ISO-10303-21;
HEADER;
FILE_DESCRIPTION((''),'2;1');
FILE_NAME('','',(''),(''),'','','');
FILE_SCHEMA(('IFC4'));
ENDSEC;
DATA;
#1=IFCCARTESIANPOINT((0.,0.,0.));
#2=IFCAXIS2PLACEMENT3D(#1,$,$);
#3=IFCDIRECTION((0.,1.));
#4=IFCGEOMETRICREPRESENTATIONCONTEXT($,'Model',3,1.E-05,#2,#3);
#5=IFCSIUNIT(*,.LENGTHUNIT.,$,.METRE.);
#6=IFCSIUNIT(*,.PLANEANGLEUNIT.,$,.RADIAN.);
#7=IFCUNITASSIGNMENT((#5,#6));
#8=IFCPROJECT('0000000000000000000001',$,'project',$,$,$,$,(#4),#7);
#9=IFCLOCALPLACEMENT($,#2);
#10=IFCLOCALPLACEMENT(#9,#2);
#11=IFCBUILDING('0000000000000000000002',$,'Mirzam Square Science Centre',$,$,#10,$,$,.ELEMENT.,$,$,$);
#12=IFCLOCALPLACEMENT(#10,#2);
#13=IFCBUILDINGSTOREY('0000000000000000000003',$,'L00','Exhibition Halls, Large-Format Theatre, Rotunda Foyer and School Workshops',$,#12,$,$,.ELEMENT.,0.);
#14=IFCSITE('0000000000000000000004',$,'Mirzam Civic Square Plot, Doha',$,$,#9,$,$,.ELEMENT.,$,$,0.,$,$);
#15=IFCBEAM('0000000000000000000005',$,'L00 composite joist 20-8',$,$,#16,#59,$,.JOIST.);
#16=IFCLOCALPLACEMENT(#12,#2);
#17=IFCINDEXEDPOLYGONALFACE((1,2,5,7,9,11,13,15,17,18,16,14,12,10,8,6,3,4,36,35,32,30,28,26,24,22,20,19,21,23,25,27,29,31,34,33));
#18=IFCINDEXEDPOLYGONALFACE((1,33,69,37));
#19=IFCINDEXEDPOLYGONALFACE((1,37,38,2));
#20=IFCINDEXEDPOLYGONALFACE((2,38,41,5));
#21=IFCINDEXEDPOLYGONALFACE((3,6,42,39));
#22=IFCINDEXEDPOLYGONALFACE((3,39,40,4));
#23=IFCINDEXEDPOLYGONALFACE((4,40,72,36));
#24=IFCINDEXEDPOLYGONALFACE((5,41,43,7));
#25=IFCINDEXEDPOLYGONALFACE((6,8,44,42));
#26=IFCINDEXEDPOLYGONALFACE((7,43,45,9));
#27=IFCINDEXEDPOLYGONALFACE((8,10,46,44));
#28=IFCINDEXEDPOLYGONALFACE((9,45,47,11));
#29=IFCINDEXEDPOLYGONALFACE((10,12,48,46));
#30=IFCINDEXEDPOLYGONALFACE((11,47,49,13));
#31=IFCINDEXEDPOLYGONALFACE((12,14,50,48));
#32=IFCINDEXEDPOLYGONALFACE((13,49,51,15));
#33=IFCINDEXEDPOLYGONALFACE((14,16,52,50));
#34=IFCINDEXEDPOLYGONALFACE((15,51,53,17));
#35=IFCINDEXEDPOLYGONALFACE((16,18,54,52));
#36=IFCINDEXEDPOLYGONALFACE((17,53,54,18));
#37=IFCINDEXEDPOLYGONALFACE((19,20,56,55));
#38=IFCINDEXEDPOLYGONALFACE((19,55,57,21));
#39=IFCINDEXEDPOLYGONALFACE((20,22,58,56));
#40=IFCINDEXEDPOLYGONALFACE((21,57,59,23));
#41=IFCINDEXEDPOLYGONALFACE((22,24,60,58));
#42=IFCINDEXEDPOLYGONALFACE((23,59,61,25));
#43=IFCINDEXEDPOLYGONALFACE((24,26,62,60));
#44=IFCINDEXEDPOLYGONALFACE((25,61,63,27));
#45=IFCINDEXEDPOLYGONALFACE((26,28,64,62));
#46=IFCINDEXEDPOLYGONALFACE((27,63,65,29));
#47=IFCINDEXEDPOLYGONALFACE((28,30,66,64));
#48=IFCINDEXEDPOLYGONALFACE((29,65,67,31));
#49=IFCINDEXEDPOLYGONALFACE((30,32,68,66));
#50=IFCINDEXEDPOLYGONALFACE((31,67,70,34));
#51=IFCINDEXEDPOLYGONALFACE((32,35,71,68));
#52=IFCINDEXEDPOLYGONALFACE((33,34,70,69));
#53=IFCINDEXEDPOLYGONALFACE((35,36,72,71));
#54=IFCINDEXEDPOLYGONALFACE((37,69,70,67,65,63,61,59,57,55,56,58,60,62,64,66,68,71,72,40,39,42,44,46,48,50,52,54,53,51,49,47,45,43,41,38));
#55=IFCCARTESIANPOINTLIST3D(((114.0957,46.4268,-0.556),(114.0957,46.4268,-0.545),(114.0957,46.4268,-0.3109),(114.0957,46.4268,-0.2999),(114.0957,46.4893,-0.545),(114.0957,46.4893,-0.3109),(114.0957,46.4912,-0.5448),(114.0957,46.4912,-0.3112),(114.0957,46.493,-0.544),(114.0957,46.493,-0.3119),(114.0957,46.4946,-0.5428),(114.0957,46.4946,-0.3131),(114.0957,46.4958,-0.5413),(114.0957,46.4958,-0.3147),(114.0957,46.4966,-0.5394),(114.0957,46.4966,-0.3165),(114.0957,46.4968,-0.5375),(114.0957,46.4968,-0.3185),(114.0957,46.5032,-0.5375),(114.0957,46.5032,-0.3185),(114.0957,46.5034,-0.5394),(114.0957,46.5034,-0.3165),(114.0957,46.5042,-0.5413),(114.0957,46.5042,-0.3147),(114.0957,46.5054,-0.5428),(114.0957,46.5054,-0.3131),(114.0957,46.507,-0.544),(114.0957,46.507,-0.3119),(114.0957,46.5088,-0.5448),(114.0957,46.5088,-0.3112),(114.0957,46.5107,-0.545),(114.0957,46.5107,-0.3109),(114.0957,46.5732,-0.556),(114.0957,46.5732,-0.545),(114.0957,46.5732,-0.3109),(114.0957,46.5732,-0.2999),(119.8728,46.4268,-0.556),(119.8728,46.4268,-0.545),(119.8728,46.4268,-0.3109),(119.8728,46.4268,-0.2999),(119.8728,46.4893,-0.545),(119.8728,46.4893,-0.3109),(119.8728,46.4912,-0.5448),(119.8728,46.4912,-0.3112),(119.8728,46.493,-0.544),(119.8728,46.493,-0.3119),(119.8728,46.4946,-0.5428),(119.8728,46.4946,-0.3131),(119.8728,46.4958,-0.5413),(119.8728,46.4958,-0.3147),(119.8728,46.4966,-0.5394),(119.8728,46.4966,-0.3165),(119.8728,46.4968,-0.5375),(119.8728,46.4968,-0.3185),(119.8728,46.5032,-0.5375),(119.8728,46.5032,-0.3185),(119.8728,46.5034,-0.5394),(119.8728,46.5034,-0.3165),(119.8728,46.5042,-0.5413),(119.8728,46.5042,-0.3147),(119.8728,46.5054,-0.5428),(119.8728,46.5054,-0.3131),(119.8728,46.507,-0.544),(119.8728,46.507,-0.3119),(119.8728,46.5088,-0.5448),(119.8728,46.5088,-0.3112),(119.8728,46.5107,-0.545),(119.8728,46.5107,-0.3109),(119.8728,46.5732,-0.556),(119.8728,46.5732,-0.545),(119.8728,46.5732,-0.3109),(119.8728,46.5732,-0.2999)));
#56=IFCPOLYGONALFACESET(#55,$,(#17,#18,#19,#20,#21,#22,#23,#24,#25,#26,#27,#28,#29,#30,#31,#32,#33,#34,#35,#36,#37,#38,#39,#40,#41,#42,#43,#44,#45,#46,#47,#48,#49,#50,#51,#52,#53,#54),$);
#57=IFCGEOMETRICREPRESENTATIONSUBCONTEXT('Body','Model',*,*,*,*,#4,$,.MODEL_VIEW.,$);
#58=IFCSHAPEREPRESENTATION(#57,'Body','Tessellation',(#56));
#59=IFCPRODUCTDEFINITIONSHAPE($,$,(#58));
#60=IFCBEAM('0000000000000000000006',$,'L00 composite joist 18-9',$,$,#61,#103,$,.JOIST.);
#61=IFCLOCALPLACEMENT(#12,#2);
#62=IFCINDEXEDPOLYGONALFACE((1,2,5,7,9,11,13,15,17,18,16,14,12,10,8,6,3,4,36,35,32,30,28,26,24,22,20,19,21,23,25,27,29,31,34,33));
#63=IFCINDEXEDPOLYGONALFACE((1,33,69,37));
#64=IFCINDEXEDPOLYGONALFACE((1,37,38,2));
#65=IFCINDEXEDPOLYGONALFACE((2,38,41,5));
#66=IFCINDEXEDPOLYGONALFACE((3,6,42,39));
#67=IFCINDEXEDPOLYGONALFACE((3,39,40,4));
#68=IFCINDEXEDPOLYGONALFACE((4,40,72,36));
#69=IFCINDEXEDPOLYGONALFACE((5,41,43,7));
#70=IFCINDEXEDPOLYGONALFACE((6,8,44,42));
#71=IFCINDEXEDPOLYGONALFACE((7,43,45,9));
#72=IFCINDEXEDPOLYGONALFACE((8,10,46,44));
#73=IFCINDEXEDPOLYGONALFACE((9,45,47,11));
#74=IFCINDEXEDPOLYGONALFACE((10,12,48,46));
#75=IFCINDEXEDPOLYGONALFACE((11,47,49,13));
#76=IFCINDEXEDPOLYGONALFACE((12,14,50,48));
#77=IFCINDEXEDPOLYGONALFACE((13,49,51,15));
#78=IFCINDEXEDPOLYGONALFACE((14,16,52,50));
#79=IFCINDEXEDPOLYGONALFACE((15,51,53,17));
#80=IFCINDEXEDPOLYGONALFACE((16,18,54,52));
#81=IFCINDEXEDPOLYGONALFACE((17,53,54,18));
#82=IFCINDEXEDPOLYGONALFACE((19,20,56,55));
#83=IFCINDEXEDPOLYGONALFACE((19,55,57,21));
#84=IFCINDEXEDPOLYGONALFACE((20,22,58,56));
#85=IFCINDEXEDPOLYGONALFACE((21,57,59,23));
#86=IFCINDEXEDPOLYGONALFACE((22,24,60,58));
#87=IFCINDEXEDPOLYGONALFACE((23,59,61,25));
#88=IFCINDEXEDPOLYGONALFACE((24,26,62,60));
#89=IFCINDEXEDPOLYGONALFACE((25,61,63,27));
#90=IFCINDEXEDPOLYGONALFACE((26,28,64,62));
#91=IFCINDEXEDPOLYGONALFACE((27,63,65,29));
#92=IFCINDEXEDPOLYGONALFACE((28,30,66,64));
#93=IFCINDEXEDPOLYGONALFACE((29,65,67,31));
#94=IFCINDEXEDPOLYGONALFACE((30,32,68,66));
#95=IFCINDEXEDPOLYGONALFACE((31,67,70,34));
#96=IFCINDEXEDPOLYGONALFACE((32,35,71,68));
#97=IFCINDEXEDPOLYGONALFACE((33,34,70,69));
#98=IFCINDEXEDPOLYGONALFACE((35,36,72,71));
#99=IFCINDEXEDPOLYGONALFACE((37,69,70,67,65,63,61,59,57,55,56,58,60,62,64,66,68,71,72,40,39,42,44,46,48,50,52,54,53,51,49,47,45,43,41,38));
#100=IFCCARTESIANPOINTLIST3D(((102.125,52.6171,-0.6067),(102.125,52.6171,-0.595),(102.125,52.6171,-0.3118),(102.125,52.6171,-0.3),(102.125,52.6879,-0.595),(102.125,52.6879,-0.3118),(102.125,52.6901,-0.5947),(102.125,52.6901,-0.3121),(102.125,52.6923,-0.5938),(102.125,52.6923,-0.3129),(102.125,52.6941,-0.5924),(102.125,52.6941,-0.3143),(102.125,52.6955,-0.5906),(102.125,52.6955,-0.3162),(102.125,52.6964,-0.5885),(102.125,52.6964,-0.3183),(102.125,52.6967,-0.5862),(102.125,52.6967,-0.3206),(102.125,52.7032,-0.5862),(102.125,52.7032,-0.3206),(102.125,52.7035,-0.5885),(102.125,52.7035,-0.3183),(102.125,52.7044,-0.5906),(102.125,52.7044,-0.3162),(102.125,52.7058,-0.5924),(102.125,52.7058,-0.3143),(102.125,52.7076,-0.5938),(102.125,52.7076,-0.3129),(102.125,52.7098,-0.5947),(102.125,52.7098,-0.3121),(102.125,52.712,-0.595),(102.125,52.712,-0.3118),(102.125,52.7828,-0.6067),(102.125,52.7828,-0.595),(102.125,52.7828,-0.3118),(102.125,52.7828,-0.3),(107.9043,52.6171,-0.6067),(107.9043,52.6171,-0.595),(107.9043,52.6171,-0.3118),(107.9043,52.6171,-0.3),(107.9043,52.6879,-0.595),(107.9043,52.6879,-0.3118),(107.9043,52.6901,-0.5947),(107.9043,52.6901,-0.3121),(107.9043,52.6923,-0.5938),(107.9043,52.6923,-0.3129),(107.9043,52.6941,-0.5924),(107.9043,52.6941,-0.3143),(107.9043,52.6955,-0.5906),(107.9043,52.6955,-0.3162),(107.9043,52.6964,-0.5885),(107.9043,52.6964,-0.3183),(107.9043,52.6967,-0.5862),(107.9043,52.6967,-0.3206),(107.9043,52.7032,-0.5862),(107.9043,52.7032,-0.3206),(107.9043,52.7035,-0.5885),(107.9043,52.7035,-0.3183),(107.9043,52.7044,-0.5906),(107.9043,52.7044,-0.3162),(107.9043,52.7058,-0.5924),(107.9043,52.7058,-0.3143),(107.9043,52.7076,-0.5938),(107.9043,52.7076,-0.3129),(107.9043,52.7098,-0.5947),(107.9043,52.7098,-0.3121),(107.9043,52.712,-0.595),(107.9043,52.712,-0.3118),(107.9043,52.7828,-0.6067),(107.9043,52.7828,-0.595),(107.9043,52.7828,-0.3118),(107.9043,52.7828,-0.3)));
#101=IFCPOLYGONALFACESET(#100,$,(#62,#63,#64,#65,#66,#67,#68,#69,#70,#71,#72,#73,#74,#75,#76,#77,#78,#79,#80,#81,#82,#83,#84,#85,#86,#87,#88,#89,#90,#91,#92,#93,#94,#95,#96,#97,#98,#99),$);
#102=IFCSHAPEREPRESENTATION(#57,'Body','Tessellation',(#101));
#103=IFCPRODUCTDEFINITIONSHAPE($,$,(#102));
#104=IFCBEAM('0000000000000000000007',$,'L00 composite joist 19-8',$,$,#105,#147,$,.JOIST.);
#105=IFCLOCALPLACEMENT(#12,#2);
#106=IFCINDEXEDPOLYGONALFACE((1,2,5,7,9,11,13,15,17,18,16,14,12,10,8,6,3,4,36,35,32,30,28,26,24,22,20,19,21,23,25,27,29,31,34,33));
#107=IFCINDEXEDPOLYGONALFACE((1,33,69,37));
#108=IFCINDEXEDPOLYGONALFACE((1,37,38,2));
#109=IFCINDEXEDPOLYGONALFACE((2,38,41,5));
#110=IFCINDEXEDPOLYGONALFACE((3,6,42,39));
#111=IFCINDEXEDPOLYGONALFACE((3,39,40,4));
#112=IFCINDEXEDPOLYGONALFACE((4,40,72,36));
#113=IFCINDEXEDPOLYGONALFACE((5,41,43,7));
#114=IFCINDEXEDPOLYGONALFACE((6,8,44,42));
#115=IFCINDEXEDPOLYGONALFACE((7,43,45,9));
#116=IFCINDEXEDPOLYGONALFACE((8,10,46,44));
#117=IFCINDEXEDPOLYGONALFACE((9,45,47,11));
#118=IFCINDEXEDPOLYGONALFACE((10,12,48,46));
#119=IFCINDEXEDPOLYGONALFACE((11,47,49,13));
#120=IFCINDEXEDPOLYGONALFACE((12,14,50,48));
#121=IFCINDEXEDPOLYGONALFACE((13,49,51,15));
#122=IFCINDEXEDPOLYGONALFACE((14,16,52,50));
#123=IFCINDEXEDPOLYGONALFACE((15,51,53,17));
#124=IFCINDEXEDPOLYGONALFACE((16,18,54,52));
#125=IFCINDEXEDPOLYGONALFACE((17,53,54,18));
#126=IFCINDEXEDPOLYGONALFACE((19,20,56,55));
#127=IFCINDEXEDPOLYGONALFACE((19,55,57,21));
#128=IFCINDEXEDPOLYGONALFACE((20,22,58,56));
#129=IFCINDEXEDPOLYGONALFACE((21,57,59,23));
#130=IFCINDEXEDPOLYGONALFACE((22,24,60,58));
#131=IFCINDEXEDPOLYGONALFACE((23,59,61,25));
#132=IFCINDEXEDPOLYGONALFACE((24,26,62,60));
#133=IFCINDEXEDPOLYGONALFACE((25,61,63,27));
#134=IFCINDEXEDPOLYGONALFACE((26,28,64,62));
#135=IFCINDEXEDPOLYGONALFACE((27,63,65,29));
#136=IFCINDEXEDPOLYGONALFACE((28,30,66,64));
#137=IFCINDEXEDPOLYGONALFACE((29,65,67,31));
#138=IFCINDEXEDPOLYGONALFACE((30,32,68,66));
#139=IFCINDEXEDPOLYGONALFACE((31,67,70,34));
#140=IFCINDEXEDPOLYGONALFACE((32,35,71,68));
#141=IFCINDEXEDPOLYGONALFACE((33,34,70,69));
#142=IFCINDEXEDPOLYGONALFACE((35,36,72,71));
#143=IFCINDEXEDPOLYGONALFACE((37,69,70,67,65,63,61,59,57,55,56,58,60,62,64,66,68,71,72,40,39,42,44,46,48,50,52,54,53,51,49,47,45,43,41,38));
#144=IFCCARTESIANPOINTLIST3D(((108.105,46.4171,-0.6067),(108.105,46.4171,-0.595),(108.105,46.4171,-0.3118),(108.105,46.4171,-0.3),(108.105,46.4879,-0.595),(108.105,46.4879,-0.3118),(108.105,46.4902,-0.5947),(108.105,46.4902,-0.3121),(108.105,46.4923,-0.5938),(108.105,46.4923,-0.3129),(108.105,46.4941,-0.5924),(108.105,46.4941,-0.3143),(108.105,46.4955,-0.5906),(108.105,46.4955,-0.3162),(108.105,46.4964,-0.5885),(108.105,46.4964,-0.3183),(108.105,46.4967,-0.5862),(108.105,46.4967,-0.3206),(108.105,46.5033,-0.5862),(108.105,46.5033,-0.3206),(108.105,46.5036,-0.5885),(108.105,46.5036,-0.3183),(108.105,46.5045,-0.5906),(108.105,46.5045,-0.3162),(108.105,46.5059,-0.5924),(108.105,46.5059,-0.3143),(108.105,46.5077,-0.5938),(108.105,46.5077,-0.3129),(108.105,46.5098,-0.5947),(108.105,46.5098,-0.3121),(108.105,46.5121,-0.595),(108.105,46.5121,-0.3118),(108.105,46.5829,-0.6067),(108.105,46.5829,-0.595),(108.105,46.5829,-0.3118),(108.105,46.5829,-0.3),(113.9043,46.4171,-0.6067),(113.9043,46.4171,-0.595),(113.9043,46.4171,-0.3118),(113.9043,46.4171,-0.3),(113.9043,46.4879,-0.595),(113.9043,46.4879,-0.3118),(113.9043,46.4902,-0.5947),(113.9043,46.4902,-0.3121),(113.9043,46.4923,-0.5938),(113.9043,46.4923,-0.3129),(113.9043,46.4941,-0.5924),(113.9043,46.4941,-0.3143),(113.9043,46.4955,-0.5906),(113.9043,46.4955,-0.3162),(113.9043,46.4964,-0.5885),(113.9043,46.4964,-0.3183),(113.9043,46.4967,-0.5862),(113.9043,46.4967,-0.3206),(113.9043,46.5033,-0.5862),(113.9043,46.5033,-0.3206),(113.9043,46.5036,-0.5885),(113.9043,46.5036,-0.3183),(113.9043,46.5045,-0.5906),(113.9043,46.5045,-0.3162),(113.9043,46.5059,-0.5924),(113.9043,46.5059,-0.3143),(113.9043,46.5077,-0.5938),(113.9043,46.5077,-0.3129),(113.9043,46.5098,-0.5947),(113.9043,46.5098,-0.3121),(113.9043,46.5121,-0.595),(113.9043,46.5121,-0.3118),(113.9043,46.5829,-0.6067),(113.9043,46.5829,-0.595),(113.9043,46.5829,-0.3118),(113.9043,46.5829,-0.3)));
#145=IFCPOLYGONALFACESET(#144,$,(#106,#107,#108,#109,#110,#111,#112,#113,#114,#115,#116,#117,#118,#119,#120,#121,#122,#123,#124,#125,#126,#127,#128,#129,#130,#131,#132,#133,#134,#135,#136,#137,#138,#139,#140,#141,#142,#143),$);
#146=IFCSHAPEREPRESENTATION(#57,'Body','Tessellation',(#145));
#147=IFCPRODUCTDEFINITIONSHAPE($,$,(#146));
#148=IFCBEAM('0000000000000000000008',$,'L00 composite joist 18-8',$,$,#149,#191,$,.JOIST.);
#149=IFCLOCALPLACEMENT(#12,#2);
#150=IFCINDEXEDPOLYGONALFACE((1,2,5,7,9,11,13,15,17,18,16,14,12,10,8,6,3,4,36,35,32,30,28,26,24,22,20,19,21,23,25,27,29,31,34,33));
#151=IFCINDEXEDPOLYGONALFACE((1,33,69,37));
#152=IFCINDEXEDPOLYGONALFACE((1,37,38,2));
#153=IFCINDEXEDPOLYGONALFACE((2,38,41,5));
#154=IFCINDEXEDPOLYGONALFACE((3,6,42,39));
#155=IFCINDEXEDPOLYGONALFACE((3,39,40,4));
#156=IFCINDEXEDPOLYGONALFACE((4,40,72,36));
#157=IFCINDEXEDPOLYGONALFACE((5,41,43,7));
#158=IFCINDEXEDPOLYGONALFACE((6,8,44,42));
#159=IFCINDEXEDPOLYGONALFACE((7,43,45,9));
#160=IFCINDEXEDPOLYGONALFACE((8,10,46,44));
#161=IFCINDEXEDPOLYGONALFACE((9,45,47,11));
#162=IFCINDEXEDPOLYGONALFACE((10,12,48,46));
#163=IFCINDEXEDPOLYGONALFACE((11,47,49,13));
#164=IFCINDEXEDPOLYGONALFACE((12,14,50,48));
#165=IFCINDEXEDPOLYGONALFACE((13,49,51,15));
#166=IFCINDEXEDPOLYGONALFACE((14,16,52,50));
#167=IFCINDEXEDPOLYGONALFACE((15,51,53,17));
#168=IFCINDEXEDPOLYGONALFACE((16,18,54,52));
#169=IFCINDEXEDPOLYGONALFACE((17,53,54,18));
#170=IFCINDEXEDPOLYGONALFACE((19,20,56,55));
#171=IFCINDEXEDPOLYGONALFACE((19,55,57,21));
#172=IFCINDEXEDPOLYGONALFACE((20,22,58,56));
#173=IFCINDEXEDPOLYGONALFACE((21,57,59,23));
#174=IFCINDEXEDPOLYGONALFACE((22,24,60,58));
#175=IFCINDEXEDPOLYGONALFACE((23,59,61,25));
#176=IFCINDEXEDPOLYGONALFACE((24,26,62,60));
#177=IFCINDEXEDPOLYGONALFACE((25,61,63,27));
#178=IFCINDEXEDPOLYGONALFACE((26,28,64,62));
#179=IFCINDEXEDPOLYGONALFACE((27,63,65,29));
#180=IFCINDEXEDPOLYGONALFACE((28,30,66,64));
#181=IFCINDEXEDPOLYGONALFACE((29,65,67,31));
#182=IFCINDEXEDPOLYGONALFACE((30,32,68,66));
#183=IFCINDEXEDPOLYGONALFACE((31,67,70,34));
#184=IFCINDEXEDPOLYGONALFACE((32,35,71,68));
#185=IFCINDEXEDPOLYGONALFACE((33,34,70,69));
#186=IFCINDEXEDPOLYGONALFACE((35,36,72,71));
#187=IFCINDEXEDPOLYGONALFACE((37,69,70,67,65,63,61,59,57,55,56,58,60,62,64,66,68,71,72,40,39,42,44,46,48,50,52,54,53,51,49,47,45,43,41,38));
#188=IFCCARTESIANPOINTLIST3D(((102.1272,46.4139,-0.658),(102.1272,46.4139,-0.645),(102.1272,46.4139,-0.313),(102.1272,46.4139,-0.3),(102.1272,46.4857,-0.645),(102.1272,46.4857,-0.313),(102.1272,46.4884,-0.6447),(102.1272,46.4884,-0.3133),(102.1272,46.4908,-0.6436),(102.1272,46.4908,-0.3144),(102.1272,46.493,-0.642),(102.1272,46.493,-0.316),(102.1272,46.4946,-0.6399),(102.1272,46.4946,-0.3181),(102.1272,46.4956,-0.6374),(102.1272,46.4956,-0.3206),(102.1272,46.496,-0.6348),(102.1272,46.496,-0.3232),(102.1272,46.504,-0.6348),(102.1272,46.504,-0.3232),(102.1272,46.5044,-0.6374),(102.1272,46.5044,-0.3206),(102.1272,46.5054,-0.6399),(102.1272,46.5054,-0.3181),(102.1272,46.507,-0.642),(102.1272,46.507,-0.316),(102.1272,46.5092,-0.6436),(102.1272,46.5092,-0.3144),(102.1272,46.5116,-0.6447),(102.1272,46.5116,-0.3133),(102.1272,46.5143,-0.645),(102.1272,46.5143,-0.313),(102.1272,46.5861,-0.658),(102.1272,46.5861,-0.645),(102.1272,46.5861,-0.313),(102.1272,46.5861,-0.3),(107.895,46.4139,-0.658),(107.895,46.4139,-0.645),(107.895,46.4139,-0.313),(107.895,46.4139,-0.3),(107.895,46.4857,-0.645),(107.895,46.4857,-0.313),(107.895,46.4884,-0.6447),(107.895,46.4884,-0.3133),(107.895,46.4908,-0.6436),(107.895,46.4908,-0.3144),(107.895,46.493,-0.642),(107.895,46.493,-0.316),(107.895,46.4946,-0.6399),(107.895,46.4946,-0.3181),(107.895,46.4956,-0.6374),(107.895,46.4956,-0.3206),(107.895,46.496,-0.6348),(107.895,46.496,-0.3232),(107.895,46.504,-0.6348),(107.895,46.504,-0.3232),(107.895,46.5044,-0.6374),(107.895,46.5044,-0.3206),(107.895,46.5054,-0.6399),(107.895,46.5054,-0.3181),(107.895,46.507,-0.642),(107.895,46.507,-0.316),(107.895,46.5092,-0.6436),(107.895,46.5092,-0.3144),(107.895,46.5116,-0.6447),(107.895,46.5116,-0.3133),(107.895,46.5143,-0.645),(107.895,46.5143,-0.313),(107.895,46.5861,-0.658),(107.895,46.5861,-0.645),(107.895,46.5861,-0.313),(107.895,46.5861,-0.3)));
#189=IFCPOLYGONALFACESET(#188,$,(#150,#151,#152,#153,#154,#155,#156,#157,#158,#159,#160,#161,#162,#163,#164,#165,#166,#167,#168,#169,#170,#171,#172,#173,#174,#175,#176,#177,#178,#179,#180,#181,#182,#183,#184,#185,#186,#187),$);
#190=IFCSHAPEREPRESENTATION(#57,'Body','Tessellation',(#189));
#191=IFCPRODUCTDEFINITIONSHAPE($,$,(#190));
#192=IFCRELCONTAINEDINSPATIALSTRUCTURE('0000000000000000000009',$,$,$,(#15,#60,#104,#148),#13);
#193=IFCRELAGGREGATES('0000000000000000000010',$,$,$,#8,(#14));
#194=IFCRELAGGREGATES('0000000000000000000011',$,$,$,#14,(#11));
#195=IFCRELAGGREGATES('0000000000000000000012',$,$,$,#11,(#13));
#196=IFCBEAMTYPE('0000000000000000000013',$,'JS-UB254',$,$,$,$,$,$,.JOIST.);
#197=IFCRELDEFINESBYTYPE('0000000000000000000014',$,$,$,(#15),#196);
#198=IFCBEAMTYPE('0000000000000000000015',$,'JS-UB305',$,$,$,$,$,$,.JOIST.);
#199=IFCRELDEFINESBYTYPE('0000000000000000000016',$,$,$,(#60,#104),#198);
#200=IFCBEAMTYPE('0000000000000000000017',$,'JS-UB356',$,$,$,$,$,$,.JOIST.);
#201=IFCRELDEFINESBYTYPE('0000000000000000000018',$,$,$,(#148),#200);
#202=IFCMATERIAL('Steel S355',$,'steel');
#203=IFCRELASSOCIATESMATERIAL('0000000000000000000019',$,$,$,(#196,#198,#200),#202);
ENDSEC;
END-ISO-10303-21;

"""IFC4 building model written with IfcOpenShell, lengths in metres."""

from ifc_helpers import new_model, si_unit, direction, frame, origin, origin_2d, place, context, subcontext, project, spatial, i_section, extrude, material, material_profile, profile_set, type_object, element, save


model = new_model("IFC4")

# Units and contexts
model_context = context("Model", 3, precision=1e-05, world=origin(), true_north=direction((0.0, 1.0)))
body_context = subcontext(model_context, "Body", "Model", "MODEL_VIEW")
ifc_project = project(units=[si_unit("LENGTHUNIT", "METRE"), si_unit("PLANEANGLEUNIT", "RADIAN")], contexts=[model_context])

# Site, building, storey
site_placement = place(None, origin())
site = spatial("IfcSite", under=ifc_project, at=site_placement, Name="Mirzam Civic Square Plot, Doha", CompositionType="ELEMENT", RefElevation=0.0)
building_placement = place(site_placement, origin())
building = spatial("IfcBuilding", under=site, at=building_placement, Name="Mirzam Square Science Centre", CompositionType="ELEMENT")
storey_placement = place(building_placement, origin())
storey = spatial("IfcBuildingStorey", under=building, at=storey_placement, Name="L00", Description="Exhibition Halls, Large-Format Theatre, Rotunda Foyer and School Workshops", CompositionType="ELEMENT", Elevation=0.0)

# Shared definitions
ifc_material_1 = material(Name="Steel S355", Category="steel")

# Beams
ifc_material_profile_1 = material_profile(ifc_material_1, i_section(OverallWidth=0.1465, OverallDepth=0.2561, WebThickness=0.0063, FlangeThickness=0.011, FilletRadius=0.0076, at=origin_2d()), Name="254x146x37UB")
ifc_profile_set_1 = profile_set([ifc_material_profile_1], Name="Steel S355")
beam_type_1 = type_object("IfcBeamType", Name="JS-UB254", PredefinedType="JOIST", material=ifc_profile_set_1)
beam_1_placement = place(storey_placement, frame((114.0957, 46.5, -0.428), z_axis=(1.0, 0.0, 0.0), x_axis=(0.0, 1.0, 0.0)))
element("IfcBeam", 1, at=beam_1_placement, inside=storey, type_object=beam_type_1, Name="L00 composite joist 20-8", PredefinedType="JOIST", context=body_context, shape_type="SweptSolid", body=[
    extrude(i_section(OverallWidth=0.1465, OverallDepth=0.2561, WebThickness=0.0063, FlangeThickness=0.011, FilletRadius=0.0076, at=origin_2d()), origin(), (0.0, 0.0, 1.0), 5.7771),
])
ifc_material_profile_2 = material_profile(ifc_material_1, i_section(OverallWidth=0.1658, OverallDepth=0.3066, WebThickness=0.0066, FlangeThickness=0.0117, FilletRadius=0.0088, at=origin_2d()), Name="305x165x46UB")
ifc_profile_set_2 = profile_set([ifc_material_profile_2], Name="Steel S355")
beam_type_2 = type_object("IfcBeamType", Name="JS-UB305", PredefinedType="JOIST", material=ifc_profile_set_2)
beam_2_placement = place(storey_placement, frame((102.125, 52.7, -0.4534), z_axis=(1.0, 0.0, 0.0), x_axis=(0.0, 1.0, 0.0)))
element("IfcBeam", 2, at=beam_2_placement, inside=storey, type_object=beam_type_2, Name="L00 composite joist 18-9", PredefinedType="JOIST", context=body_context, shape_type="SweptSolid", body=[
    extrude(i_section(OverallWidth=0.1658, OverallDepth=0.3066, WebThickness=0.0066, FlangeThickness=0.0117, FilletRadius=0.0088, at=origin_2d()), origin(), (0.0, 0.0, 1.0), 5.7793),
])
beam_3_placement = place(storey_placement, frame((108.105, 46.5, -0.4534), z_axis=(1.0, 0.0, 0.0), x_axis=(0.0, 1.0, 0.0)))
element("IfcBeam", 3, at=beam_3_placement, inside=storey, type_object=beam_type_2, Name="L00 composite joist 19-8", PredefinedType="JOIST", context=body_context, shape_type="SweptSolid", body=[
    extrude(i_section(OverallWidth=0.1658, OverallDepth=0.3066, WebThickness=0.0066, FlangeThickness=0.0117, FilletRadius=0.0088, at=origin_2d()), origin(), (0.0, 0.0, 1.0), 5.7993),
])
ifc_material_profile_3 = material_profile(ifc_material_1, i_section(OverallWidth=0.1721, OverallDepth=0.3579, WebThickness=0.0081, FlangeThickness=0.0129, FilletRadius=0.0103, at=origin_2d()), Name="356x171x57UB")
ifc_profile_set_3 = profile_set([ifc_material_profile_3], Name="Steel S355")
beam_type_3 = type_object("IfcBeamType", Name="JS-UB356", PredefinedType="JOIST", material=ifc_profile_set_3)
beam_4_placement = place(storey_placement, frame((102.1272, 46.5, -0.479), z_axis=(1.0, 0.0, 0.0), x_axis=(0.0, 1.0, 0.0)))
element("IfcBeam", 4, at=beam_4_placement, inside=storey, type_object=beam_type_3, Name="L00 composite joist 18-8", PredefinedType="JOIST", context=body_context, shape_type="SweptSolid", body=[
    extrude(i_section(OverallWidth=0.1721, OverallDepth=0.3579, WebThickness=0.0081, FlangeThickness=0.0129, FilletRadius=0.0103, at=origin_2d()), origin(), (0.0, 0.0, 1.0), 5.7678),
])

save(model, "model.ifc")
